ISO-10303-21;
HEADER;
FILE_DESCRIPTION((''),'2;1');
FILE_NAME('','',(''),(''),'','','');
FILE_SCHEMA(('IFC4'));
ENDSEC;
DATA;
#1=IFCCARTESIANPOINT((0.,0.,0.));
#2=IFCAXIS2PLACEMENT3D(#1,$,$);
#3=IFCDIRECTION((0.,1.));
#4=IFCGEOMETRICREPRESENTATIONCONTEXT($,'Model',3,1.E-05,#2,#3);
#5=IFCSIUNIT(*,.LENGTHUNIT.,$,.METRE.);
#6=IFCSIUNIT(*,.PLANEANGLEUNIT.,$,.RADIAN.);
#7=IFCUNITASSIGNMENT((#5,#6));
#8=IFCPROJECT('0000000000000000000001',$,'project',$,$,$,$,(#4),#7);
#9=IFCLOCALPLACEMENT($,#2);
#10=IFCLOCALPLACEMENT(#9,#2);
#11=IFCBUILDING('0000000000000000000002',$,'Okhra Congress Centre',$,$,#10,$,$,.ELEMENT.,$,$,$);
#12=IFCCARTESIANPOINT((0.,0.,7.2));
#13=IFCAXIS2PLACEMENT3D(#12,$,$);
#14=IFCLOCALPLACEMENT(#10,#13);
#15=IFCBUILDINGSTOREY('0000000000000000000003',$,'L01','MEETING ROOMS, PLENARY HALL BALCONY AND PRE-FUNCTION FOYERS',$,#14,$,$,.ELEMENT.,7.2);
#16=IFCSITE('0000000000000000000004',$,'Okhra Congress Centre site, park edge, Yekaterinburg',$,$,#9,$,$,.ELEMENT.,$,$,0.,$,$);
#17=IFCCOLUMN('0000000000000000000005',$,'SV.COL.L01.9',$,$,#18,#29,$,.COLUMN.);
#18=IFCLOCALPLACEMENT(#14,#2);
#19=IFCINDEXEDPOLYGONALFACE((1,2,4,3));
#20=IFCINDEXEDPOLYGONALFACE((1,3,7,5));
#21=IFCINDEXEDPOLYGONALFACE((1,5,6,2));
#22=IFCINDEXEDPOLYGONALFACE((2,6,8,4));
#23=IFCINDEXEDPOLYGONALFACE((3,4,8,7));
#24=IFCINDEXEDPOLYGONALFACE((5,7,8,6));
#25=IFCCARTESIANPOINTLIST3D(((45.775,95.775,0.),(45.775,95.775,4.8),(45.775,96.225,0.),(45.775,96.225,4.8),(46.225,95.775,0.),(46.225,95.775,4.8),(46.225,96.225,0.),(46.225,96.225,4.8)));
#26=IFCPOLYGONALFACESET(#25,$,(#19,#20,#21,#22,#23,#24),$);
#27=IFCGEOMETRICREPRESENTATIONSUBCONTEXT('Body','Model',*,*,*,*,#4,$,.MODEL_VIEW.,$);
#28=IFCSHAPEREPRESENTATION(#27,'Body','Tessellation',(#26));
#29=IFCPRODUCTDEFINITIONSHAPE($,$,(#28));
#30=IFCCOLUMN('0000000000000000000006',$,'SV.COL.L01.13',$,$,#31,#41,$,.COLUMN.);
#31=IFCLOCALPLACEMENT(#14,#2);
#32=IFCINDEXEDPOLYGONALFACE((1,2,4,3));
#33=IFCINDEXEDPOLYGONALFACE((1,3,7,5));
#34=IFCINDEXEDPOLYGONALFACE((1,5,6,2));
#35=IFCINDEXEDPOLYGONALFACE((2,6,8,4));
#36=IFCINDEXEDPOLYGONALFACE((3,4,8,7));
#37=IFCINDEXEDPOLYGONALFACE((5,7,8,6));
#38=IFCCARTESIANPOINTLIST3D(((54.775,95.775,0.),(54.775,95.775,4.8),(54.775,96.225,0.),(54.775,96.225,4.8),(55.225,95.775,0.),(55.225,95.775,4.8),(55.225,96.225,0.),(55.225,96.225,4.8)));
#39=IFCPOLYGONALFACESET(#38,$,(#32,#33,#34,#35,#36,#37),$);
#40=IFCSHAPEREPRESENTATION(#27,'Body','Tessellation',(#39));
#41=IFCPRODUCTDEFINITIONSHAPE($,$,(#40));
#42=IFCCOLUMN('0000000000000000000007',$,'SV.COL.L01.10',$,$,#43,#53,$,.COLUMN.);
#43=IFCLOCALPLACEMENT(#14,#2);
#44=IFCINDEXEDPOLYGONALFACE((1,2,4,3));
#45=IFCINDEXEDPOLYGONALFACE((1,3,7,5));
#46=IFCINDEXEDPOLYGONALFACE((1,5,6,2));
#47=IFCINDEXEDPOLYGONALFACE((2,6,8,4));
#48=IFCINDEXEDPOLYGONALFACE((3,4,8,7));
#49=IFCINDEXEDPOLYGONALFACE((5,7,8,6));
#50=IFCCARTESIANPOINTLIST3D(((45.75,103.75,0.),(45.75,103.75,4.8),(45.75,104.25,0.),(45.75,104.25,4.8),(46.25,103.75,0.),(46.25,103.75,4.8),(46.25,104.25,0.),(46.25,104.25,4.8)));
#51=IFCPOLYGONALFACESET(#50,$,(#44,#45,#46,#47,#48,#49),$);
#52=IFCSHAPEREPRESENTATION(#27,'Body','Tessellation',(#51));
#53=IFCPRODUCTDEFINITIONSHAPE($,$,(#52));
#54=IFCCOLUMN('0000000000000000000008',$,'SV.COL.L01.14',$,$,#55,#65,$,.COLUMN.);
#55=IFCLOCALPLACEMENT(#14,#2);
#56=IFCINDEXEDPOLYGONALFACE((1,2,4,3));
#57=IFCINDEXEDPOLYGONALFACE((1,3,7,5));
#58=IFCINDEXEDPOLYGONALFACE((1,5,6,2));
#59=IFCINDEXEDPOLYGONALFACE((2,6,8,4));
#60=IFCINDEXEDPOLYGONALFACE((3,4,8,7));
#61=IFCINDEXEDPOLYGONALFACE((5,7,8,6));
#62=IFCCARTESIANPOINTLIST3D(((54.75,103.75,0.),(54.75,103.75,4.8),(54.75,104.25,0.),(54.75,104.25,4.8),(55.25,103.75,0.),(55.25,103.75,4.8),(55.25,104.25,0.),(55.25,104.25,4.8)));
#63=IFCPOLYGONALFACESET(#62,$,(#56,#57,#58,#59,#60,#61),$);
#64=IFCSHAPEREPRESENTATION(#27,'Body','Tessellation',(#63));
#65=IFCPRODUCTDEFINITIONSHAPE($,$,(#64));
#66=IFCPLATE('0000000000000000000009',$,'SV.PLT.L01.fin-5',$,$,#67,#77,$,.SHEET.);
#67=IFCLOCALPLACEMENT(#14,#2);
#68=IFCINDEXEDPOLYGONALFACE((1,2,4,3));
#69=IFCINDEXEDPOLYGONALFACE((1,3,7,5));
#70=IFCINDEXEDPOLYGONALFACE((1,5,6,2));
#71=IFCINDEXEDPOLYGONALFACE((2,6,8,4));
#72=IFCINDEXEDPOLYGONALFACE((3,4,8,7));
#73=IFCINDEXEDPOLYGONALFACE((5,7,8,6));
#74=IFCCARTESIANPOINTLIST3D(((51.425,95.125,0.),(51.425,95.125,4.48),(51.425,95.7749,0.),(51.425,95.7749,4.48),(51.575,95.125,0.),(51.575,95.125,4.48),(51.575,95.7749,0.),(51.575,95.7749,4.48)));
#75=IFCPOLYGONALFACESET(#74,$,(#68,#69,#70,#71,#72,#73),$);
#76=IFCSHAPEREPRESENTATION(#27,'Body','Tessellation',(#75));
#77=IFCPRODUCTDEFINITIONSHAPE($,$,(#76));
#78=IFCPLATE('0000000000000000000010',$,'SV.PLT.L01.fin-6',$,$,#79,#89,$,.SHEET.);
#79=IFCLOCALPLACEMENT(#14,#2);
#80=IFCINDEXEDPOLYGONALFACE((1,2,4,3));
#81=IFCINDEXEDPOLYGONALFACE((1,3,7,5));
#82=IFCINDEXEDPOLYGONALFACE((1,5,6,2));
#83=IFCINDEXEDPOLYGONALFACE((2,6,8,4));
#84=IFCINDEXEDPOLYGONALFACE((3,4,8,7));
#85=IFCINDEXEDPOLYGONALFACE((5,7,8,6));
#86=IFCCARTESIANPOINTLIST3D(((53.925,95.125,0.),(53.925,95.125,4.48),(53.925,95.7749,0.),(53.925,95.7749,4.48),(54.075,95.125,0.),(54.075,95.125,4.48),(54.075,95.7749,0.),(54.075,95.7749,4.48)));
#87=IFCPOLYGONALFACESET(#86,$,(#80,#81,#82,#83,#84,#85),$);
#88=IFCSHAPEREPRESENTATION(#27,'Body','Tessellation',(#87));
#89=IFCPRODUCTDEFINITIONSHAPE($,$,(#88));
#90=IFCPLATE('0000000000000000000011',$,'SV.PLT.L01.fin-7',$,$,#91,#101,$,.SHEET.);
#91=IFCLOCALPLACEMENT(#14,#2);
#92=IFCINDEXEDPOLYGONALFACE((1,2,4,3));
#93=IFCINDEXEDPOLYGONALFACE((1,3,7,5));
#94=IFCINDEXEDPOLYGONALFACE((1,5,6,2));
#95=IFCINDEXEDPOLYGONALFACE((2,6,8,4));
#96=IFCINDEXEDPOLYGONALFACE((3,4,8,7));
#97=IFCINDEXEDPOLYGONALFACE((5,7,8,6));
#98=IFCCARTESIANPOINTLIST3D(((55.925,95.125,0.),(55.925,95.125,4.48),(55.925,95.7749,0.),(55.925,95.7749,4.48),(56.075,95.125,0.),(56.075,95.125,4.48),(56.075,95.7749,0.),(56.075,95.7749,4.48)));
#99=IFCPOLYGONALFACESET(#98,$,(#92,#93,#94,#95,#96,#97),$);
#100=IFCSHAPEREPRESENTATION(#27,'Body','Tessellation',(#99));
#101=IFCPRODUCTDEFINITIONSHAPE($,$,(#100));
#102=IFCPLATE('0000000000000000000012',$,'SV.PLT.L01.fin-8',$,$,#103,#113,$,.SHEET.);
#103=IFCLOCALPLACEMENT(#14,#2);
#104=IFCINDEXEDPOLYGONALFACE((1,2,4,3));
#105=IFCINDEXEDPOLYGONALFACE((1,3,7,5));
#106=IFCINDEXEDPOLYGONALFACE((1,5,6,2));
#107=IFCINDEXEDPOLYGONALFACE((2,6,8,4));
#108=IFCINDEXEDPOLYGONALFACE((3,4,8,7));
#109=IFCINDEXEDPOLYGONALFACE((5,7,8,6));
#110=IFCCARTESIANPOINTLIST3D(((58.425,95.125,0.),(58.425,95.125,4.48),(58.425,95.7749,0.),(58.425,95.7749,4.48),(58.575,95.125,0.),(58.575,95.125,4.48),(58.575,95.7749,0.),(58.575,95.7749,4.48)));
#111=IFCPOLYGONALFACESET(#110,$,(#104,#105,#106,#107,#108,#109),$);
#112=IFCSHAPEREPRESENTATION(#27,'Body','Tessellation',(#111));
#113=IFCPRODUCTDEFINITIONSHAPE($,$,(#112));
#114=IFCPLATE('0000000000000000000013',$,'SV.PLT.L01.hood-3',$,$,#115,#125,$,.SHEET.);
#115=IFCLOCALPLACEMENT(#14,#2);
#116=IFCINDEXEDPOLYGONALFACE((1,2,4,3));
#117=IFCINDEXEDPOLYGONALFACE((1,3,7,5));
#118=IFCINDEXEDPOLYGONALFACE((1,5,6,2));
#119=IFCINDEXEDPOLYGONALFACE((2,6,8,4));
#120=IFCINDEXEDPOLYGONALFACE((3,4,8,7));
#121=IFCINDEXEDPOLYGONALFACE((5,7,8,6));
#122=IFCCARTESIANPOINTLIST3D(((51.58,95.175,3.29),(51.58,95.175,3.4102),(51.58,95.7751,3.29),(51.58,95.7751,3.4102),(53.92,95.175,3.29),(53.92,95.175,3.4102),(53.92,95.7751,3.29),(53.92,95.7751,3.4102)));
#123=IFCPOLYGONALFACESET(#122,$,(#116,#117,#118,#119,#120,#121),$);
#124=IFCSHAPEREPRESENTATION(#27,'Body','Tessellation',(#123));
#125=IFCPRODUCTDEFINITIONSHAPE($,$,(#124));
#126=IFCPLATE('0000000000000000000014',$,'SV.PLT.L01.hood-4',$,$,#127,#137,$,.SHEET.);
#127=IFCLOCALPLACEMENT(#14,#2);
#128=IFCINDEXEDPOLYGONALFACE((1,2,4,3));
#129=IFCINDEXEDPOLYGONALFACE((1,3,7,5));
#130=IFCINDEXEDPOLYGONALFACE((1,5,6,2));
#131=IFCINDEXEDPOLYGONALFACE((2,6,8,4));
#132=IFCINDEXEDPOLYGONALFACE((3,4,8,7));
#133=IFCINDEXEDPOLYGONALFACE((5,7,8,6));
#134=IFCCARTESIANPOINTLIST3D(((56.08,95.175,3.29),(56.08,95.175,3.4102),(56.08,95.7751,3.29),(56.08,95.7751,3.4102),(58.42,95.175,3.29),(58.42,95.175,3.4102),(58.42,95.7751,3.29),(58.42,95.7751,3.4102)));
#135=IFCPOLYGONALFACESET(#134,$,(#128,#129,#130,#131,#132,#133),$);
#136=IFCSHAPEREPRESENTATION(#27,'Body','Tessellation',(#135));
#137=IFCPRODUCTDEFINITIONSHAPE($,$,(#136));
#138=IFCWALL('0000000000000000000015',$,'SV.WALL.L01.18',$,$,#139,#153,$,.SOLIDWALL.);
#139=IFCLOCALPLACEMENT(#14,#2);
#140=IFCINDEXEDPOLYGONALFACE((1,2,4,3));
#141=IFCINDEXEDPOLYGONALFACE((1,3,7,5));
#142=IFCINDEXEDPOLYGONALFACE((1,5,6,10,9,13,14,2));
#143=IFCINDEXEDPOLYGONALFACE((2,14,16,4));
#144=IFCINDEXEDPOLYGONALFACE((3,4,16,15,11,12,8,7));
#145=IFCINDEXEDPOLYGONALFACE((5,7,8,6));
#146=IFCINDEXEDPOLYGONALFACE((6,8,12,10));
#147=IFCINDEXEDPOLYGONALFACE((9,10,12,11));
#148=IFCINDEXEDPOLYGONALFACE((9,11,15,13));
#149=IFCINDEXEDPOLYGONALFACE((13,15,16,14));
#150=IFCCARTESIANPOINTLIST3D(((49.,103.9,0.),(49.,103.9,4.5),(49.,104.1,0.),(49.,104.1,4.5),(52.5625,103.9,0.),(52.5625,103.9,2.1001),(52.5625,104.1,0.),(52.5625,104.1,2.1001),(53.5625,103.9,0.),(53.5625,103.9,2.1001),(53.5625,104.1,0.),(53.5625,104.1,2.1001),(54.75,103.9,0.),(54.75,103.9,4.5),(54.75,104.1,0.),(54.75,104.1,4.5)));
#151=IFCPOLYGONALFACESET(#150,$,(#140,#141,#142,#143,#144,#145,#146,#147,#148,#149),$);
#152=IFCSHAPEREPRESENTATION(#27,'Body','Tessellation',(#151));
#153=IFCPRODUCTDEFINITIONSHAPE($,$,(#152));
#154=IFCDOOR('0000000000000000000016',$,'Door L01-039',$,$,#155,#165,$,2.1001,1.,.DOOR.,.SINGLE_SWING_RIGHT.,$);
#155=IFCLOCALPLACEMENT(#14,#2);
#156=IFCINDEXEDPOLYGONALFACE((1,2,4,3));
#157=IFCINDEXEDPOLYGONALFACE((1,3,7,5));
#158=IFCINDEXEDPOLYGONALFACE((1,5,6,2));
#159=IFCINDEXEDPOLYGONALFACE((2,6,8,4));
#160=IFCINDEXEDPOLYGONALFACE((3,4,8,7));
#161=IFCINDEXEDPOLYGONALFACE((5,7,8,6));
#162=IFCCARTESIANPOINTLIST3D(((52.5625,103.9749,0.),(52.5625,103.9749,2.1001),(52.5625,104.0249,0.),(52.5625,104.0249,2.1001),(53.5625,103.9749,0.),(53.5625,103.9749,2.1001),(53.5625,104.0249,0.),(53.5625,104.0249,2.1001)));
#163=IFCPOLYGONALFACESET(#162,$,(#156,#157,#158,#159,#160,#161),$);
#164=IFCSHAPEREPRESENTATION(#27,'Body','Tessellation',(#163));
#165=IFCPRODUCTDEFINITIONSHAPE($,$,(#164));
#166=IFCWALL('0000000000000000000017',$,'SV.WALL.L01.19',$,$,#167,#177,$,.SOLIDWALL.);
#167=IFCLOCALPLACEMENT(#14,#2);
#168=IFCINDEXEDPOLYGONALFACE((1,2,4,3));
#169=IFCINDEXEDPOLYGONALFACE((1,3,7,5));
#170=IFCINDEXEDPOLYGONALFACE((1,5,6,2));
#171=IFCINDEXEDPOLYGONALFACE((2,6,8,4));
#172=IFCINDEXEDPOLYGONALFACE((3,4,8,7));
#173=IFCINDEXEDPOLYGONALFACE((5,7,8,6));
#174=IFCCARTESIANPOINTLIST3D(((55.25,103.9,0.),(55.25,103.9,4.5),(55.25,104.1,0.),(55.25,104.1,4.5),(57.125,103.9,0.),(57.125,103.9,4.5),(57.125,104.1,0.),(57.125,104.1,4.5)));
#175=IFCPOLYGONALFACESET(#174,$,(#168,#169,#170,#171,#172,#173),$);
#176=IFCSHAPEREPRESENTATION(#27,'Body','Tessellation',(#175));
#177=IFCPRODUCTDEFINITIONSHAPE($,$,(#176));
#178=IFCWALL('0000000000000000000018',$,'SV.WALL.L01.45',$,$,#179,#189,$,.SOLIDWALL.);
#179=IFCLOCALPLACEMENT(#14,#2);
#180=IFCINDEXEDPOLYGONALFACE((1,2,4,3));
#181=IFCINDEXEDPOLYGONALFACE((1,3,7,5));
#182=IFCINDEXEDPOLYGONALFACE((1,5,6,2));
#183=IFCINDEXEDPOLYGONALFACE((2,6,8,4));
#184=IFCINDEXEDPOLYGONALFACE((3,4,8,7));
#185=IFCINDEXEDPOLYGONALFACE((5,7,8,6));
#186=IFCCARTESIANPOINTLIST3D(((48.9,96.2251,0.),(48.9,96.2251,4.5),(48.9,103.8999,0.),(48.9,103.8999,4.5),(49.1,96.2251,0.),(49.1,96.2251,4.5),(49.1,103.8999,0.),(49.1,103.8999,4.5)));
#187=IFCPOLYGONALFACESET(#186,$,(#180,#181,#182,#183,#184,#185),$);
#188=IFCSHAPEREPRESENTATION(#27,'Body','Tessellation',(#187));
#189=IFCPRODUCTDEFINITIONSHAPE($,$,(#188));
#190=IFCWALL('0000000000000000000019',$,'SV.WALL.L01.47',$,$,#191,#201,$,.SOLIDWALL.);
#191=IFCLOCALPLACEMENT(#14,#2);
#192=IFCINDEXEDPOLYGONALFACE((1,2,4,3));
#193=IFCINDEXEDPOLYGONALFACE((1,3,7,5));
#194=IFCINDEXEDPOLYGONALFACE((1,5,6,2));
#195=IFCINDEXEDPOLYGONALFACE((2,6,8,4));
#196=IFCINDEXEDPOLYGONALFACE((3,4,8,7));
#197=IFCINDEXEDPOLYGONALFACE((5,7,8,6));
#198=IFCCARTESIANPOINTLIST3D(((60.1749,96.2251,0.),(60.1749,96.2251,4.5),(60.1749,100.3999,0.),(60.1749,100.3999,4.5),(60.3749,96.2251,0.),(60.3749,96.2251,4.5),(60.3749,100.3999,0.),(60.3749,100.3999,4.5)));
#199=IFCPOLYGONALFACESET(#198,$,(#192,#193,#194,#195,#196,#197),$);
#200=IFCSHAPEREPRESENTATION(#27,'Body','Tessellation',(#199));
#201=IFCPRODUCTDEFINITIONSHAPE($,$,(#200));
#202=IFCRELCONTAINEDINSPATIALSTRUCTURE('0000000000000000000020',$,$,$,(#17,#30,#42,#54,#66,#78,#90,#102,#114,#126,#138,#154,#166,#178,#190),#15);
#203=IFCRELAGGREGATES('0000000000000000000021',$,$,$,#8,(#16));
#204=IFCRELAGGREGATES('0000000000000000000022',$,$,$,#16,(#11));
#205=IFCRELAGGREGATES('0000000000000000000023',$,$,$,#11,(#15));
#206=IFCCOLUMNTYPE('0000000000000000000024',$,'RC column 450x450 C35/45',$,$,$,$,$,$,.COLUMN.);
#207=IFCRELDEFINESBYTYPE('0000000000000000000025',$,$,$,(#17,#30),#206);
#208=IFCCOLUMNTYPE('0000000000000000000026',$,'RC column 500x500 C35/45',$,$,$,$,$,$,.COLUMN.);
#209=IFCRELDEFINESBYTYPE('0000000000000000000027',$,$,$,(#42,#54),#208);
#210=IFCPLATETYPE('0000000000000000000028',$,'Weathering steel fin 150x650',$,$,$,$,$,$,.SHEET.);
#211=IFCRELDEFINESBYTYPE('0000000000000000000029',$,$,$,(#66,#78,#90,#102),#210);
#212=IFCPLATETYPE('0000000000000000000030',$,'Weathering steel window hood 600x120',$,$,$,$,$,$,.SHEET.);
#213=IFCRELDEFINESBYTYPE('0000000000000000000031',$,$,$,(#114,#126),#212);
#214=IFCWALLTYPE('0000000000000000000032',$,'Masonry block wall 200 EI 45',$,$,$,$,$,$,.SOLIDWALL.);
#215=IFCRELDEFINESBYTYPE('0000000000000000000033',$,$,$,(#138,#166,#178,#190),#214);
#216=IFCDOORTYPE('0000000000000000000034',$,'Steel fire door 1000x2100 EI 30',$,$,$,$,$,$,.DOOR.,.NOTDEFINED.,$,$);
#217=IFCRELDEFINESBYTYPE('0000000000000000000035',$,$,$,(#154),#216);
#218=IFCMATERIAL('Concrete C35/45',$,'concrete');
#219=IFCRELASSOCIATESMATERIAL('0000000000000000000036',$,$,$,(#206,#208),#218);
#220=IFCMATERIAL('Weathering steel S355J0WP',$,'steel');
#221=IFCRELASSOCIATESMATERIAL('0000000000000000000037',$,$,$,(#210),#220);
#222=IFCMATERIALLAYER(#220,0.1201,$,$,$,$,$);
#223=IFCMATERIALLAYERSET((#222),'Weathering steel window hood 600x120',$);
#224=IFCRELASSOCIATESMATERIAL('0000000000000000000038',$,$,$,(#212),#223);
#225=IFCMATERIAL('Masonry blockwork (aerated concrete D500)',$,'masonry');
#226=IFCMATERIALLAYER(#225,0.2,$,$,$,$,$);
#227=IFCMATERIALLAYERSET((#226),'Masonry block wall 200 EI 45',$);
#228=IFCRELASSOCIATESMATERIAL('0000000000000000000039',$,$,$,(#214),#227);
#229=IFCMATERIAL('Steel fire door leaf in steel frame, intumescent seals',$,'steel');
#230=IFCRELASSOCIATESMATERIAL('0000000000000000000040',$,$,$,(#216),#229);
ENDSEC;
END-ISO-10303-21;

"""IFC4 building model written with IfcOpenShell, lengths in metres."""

from ifc_helpers import new_model, si_unit, direction, frame, frame_2d, origin, origin_2d, place, context, subcontext, project, spatial, rectangle, extrude, material, layer, layer_set, material_profile, profile_set, type_object, element, fill, save


model = new_model("IFC4")

# Units and contexts
model_context = context("Model", 3, precision=1e-05, world=origin(), true_north=direction((0.0, 1.0)))
body_context = subcontext(model_context, "Body", "Model", "MODEL_VIEW")
ifc_project = project(units=[si_unit("LENGTHUNIT", "METRE"), si_unit("PLANEANGLEUNIT", "RADIAN")], contexts=[model_context])

# Site, building, storey
site_placement = place(None, origin())
site = spatial("IfcSite", under=ifc_project, at=site_placement, Name="Okhra Congress Centre site, park edge, Yekaterinburg", CompositionType="ELEMENT", RefElevation=0.0)
building_placement = place(site_placement, origin())
building = spatial("IfcBuilding", under=site, at=building_placement, Name="Okhra Congress Centre", CompositionType="ELEMENT")
storey_placement = place(building_placement, frame((0.0, 0.0, 7.2)))
storey = spatial("IfcBuildingStorey", under=building, at=storey_placement, Name="L01", Description="MEETING ROOMS, PLENARY HALL BALCONY AND PRE-FUNCTION FOYERS", CompositionType="ELEMENT", Elevation=7.2)

# Columns
ifc_material_1 = material(Name="Concrete C35/45", Category="concrete")
ifc_material_profile_1 = material_profile(ifc_material_1, rectangle(XDim=0.45, YDim=0.45, at=origin_2d()), Name="RC 450x450")
ifc_profile_set_1 = profile_set([ifc_material_profile_1], Name="Concrete C35/45")
column_type_1 = type_object("IfcColumnType", Name="RC column 450x450 C35/45", PredefinedType="COLUMN", material=ifc_profile_set_1)
for number, where, z_axis, x_axis, name in (
    (1, (46.0, 96.0, 0.0), (0.0, 0.0, 1.0), (1.0, 0.0, 0.0), "SV.COL.L01.9"),
    (2, (55.0, 96.0, 0.0), (0.0, 0.0, 1.0), (1.0, 0.0, 0.0), "SV.COL.L01.13"),
):
    element("IfcColumn", number, at=place(storey_placement, frame(where, z_axis=z_axis, x_axis=x_axis)), inside=storey, type_object=column_type_1, Name=name, PredefinedType="COLUMN", context=body_context, shape_type="SweptSolid", body=[
        extrude(rectangle(XDim=0.45, YDim=0.45, at=origin_2d()), origin(), (0.0, 0.0, 1.0), 4.8),
    ])
ifc_material_profile_2 = material_profile(ifc_material_1, rectangle(XDim=0.5, YDim=0.5, at=origin_2d()), Name="RC 500x500")
ifc_profile_set_2 = profile_set([ifc_material_profile_2], Name="Concrete C35/45")
column_type_2 = type_object("IfcColumnType", Name="RC column 500x500 C35/45", PredefinedType="COLUMN", material=ifc_profile_set_2)
for number, where, z_axis, x_axis, name in (
    (3, (46.0, 104.0, 0.0), (0.0, 0.0, 1.0), (1.0, 0.0, 0.0), "SV.COL.L01.10"),
    (4, (55.0, 104.0, 0.0), (0.0, 0.0, 1.0), (1.0, 0.0, 0.0), "SV.COL.L01.14"),
):
    element("IfcColumn", number, at=place(storey_placement, frame(where, z_axis=z_axis, x_axis=x_axis)), inside=storey, type_object=column_type_2, Name=name, PredefinedType="COLUMN", context=body_context, shape_type="SweptSolid", body=[
        extrude(rectangle(XDim=0.5, YDim=0.5, at=origin_2d()), origin(), (0.0, 0.0, 1.0), 4.8),
    ])

# Plates
ifc_material_2 = material(Name="Weathering steel S355J0WP", Category="steel")
plate_type_1 = type_object("IfcPlateType", Name="Weathering steel fin 150x650", PredefinedType="SHEET", material=ifc_material_2)
for number, where, z_axis, x_axis, name in (
    (5, (51.5, 95.45, 0.0), (0.0, 0.0, 1.0), (1.0, 0.0, 0.0), "SV.PLT.L01.fin-5"),
    (6, (54.0, 95.45, 0.0), (0.0, 0.0, 1.0), (1.0, 0.0, 0.0), "SV.PLT.L01.fin-6"),
    (7, (56.0, 95.45, 0.0), (0.0, 0.0, 1.0), (1.0, 0.0, 0.0), "SV.PLT.L01.fin-7"),
    (8, (58.5, 95.45, 0.0), (0.0, 0.0, 1.0), (1.0, 0.0, 0.0), "SV.PLT.L01.fin-8"),
):
    element("IfcPlate", number, at=place(storey_placement, frame(where, z_axis=z_axis, x_axis=x_axis)), inside=storey, type_object=plate_type_1, Name=name, PredefinedType="SHEET", context=body_context, shape_type="SweptSolid", body=[
        extrude(rectangle(XDim=0.1499, YDim=0.6499, at=origin_2d()), origin(), (0.0, 0.0, 1.0), 4.48),
    ])
ifc_layer_1 = layer(ifc_material_2, 0.1201)
ifc_layer_set_1 = layer_set([ifc_layer_1], Name="Weathering steel window hood 600x120")
plate_type_2 = type_object("IfcPlateType", Name="Weathering steel window hood 600x120", PredefinedType="SHEET", material=ifc_layer_set_1)
for number, where, z_axis, x_axis, name in (
    (9, (52.75, 95.4751, 3.29), (0.0, 0.0, 1.0), (1.0, 0.0, 0.0), "SV.PLT.L01.hood-3"),
    (10, (57.25, 95.4751, 3.29), (0.0, 0.0, 1.0), (1.0, 0.0, 0.0), "SV.PLT.L01.hood-4"),
):
    element("IfcPlate", number, at=place(storey_placement, frame(where, z_axis=z_axis, x_axis=x_axis)), inside=storey, type_object=plate_type_2, Name=name, PredefinedType="SHEET", context=body_context, shape_type="SweptSolid", body=[
        extrude(rectangle(XDim=2.3401, YDim=0.6001, at=origin_2d()), origin(), (0.0, 0.0, 1.0), 0.1201),
    ])

# Wall, opening, door
ifc_material_3 = material(Name="Masonry blockwork (aerated concrete D500)", Category="masonry")
ifc_layer_2 = layer(ifc_material_3, 0.2)
ifc_layer_set_2 = layer_set([ifc_layer_2], Name="Masonry block wall 200 EI 45")
wall_type_1 = type_object("IfcWallType", Name="Masonry block wall 200 EI 45", PredefinedType="SOLIDWALL", material=ifc_layer_set_2)
wall_1_placement = place(storey_placement, frame((49.0, 104.0, 0.0), z_axis=(0.0, 0.0, 1.0), x_axis=(1.0, 0.0, 0.0)))
wall_1 = element("IfcWall", 11, at=wall_1_placement, inside=storey, type_object=wall_type_1, Name="SV.WALL.L01.18", PredefinedType="SOLIDWALL", context=body_context, shape_type="SweptSolid", body=[
    extrude(rectangle(XDim=5.75, YDim=0.2, at=frame_2d((2.875, 0.0))), origin(), (0.0, 0.0, 1.0), 4.5),
])
opening_1_placement = place(wall_1_placement, frame((3.5625, 0.0, 0.0)))
opening_1 = element("IfcOpeningElement", 12, at=opening_1_placement, cuts=wall_1, PredefinedType="OPENING", context=body_context, shape_type="SweptSolid", body=[
    extrude(rectangle(XDim=1.0, YDim=2.1001, at=frame_2d((0.5, 1.05))), frame((0.0, 0.1099, 0.0), z_axis=(0.0, -1.0, 0.0), x_axis=(1.0, 0.0, 0.0)), (0.0, 0.0, 1.0), 0.22),
])
ifc_material_4 = material(Name="Steel fire door leaf in steel frame, intumescent seals", Category="steel")
door_type_1 = type_object("IfcDoorType", Name="Steel fire door 1000x2100 EI 30", OperationType="NOTDEFINED", PredefinedType="DOOR", material=ifc_material_4)
door_1_placement = place(opening_1_placement, origin())
door_1 = element("IfcDoor", 13, at=door_1_placement, inside=storey, type_object=door_type_1, Name="Door L01-039", OperationType="SINGLE_SWING_RIGHT", OverallHeight=2.1001, OverallWidth=1.0, PredefinedType="DOOR", context=body_context, shape_type="SweptSolid", body=[
    extrude(rectangle(XDim=1.0, YDim=2.1001, at=frame_2d((0.5, 1.05))), frame((0.0, 0.0249, 0.0), z_axis=(0.0, -1.0, 0.0), x_axis=(1.0, 0.0, 0.0)), (0.0, 0.0, 1.0), 0.05),
])
fill(opening_1, door_1)

# Walls
wall_2_placement = place(storey_placement, frame((55.25, 104.0, 0.0), z_axis=(0.0, 0.0, 1.0), x_axis=(1.0, 0.0, 0.0)))
element("IfcWall", 14, at=wall_2_placement, inside=storey, type_object=wall_type_1, Name="SV.WALL.L01.19", PredefinedType="SOLIDWALL", context=body_context, shape_type="SweptSolid", body=[
    extrude(rectangle(XDim=1.875, YDim=0.2, at=frame_2d((0.9375, 0.0))), origin(), (0.0, 0.0, 1.0), 4.5),
])
wall_3_placement = place(storey_placement, frame((49.0, 96.2251, 0.0), z_axis=(0.0, 0.0, 1.0), x_axis=(0.0, 1.0, 0.0)))
element("IfcWall", 15, at=wall_3_placement, inside=storey, type_object=wall_type_1, Name="SV.WALL.L01.45", PredefinedType="SOLIDWALL", context=body_context, shape_type="SweptSolid", body=[
    extrude(rectangle(XDim=7.6748, YDim=0.2, at=frame_2d((3.8374, 0.0))), origin(), (0.0, 0.0, 1.0), 4.5),
])
wall_4_placement = place(storey_placement, frame((60.2749, 96.2251, 0.0), z_axis=(0.0, 0.0, 1.0), x_axis=(0.0, 1.0, 0.0)))
element("IfcWall", 16, at=wall_4_placement, inside=storey, type_object=wall_type_1, Name="SV.WALL.L01.47", PredefinedType="SOLIDWALL", context=body_context, shape_type="SweptSolid", body=[
    extrude(rectangle(XDim=4.1748, YDim=0.2, at=frame_2d((2.0874, 0.0))), origin(), (0.0, 0.0, 1.0), 4.5),
])

save(model, "model.ifc")
